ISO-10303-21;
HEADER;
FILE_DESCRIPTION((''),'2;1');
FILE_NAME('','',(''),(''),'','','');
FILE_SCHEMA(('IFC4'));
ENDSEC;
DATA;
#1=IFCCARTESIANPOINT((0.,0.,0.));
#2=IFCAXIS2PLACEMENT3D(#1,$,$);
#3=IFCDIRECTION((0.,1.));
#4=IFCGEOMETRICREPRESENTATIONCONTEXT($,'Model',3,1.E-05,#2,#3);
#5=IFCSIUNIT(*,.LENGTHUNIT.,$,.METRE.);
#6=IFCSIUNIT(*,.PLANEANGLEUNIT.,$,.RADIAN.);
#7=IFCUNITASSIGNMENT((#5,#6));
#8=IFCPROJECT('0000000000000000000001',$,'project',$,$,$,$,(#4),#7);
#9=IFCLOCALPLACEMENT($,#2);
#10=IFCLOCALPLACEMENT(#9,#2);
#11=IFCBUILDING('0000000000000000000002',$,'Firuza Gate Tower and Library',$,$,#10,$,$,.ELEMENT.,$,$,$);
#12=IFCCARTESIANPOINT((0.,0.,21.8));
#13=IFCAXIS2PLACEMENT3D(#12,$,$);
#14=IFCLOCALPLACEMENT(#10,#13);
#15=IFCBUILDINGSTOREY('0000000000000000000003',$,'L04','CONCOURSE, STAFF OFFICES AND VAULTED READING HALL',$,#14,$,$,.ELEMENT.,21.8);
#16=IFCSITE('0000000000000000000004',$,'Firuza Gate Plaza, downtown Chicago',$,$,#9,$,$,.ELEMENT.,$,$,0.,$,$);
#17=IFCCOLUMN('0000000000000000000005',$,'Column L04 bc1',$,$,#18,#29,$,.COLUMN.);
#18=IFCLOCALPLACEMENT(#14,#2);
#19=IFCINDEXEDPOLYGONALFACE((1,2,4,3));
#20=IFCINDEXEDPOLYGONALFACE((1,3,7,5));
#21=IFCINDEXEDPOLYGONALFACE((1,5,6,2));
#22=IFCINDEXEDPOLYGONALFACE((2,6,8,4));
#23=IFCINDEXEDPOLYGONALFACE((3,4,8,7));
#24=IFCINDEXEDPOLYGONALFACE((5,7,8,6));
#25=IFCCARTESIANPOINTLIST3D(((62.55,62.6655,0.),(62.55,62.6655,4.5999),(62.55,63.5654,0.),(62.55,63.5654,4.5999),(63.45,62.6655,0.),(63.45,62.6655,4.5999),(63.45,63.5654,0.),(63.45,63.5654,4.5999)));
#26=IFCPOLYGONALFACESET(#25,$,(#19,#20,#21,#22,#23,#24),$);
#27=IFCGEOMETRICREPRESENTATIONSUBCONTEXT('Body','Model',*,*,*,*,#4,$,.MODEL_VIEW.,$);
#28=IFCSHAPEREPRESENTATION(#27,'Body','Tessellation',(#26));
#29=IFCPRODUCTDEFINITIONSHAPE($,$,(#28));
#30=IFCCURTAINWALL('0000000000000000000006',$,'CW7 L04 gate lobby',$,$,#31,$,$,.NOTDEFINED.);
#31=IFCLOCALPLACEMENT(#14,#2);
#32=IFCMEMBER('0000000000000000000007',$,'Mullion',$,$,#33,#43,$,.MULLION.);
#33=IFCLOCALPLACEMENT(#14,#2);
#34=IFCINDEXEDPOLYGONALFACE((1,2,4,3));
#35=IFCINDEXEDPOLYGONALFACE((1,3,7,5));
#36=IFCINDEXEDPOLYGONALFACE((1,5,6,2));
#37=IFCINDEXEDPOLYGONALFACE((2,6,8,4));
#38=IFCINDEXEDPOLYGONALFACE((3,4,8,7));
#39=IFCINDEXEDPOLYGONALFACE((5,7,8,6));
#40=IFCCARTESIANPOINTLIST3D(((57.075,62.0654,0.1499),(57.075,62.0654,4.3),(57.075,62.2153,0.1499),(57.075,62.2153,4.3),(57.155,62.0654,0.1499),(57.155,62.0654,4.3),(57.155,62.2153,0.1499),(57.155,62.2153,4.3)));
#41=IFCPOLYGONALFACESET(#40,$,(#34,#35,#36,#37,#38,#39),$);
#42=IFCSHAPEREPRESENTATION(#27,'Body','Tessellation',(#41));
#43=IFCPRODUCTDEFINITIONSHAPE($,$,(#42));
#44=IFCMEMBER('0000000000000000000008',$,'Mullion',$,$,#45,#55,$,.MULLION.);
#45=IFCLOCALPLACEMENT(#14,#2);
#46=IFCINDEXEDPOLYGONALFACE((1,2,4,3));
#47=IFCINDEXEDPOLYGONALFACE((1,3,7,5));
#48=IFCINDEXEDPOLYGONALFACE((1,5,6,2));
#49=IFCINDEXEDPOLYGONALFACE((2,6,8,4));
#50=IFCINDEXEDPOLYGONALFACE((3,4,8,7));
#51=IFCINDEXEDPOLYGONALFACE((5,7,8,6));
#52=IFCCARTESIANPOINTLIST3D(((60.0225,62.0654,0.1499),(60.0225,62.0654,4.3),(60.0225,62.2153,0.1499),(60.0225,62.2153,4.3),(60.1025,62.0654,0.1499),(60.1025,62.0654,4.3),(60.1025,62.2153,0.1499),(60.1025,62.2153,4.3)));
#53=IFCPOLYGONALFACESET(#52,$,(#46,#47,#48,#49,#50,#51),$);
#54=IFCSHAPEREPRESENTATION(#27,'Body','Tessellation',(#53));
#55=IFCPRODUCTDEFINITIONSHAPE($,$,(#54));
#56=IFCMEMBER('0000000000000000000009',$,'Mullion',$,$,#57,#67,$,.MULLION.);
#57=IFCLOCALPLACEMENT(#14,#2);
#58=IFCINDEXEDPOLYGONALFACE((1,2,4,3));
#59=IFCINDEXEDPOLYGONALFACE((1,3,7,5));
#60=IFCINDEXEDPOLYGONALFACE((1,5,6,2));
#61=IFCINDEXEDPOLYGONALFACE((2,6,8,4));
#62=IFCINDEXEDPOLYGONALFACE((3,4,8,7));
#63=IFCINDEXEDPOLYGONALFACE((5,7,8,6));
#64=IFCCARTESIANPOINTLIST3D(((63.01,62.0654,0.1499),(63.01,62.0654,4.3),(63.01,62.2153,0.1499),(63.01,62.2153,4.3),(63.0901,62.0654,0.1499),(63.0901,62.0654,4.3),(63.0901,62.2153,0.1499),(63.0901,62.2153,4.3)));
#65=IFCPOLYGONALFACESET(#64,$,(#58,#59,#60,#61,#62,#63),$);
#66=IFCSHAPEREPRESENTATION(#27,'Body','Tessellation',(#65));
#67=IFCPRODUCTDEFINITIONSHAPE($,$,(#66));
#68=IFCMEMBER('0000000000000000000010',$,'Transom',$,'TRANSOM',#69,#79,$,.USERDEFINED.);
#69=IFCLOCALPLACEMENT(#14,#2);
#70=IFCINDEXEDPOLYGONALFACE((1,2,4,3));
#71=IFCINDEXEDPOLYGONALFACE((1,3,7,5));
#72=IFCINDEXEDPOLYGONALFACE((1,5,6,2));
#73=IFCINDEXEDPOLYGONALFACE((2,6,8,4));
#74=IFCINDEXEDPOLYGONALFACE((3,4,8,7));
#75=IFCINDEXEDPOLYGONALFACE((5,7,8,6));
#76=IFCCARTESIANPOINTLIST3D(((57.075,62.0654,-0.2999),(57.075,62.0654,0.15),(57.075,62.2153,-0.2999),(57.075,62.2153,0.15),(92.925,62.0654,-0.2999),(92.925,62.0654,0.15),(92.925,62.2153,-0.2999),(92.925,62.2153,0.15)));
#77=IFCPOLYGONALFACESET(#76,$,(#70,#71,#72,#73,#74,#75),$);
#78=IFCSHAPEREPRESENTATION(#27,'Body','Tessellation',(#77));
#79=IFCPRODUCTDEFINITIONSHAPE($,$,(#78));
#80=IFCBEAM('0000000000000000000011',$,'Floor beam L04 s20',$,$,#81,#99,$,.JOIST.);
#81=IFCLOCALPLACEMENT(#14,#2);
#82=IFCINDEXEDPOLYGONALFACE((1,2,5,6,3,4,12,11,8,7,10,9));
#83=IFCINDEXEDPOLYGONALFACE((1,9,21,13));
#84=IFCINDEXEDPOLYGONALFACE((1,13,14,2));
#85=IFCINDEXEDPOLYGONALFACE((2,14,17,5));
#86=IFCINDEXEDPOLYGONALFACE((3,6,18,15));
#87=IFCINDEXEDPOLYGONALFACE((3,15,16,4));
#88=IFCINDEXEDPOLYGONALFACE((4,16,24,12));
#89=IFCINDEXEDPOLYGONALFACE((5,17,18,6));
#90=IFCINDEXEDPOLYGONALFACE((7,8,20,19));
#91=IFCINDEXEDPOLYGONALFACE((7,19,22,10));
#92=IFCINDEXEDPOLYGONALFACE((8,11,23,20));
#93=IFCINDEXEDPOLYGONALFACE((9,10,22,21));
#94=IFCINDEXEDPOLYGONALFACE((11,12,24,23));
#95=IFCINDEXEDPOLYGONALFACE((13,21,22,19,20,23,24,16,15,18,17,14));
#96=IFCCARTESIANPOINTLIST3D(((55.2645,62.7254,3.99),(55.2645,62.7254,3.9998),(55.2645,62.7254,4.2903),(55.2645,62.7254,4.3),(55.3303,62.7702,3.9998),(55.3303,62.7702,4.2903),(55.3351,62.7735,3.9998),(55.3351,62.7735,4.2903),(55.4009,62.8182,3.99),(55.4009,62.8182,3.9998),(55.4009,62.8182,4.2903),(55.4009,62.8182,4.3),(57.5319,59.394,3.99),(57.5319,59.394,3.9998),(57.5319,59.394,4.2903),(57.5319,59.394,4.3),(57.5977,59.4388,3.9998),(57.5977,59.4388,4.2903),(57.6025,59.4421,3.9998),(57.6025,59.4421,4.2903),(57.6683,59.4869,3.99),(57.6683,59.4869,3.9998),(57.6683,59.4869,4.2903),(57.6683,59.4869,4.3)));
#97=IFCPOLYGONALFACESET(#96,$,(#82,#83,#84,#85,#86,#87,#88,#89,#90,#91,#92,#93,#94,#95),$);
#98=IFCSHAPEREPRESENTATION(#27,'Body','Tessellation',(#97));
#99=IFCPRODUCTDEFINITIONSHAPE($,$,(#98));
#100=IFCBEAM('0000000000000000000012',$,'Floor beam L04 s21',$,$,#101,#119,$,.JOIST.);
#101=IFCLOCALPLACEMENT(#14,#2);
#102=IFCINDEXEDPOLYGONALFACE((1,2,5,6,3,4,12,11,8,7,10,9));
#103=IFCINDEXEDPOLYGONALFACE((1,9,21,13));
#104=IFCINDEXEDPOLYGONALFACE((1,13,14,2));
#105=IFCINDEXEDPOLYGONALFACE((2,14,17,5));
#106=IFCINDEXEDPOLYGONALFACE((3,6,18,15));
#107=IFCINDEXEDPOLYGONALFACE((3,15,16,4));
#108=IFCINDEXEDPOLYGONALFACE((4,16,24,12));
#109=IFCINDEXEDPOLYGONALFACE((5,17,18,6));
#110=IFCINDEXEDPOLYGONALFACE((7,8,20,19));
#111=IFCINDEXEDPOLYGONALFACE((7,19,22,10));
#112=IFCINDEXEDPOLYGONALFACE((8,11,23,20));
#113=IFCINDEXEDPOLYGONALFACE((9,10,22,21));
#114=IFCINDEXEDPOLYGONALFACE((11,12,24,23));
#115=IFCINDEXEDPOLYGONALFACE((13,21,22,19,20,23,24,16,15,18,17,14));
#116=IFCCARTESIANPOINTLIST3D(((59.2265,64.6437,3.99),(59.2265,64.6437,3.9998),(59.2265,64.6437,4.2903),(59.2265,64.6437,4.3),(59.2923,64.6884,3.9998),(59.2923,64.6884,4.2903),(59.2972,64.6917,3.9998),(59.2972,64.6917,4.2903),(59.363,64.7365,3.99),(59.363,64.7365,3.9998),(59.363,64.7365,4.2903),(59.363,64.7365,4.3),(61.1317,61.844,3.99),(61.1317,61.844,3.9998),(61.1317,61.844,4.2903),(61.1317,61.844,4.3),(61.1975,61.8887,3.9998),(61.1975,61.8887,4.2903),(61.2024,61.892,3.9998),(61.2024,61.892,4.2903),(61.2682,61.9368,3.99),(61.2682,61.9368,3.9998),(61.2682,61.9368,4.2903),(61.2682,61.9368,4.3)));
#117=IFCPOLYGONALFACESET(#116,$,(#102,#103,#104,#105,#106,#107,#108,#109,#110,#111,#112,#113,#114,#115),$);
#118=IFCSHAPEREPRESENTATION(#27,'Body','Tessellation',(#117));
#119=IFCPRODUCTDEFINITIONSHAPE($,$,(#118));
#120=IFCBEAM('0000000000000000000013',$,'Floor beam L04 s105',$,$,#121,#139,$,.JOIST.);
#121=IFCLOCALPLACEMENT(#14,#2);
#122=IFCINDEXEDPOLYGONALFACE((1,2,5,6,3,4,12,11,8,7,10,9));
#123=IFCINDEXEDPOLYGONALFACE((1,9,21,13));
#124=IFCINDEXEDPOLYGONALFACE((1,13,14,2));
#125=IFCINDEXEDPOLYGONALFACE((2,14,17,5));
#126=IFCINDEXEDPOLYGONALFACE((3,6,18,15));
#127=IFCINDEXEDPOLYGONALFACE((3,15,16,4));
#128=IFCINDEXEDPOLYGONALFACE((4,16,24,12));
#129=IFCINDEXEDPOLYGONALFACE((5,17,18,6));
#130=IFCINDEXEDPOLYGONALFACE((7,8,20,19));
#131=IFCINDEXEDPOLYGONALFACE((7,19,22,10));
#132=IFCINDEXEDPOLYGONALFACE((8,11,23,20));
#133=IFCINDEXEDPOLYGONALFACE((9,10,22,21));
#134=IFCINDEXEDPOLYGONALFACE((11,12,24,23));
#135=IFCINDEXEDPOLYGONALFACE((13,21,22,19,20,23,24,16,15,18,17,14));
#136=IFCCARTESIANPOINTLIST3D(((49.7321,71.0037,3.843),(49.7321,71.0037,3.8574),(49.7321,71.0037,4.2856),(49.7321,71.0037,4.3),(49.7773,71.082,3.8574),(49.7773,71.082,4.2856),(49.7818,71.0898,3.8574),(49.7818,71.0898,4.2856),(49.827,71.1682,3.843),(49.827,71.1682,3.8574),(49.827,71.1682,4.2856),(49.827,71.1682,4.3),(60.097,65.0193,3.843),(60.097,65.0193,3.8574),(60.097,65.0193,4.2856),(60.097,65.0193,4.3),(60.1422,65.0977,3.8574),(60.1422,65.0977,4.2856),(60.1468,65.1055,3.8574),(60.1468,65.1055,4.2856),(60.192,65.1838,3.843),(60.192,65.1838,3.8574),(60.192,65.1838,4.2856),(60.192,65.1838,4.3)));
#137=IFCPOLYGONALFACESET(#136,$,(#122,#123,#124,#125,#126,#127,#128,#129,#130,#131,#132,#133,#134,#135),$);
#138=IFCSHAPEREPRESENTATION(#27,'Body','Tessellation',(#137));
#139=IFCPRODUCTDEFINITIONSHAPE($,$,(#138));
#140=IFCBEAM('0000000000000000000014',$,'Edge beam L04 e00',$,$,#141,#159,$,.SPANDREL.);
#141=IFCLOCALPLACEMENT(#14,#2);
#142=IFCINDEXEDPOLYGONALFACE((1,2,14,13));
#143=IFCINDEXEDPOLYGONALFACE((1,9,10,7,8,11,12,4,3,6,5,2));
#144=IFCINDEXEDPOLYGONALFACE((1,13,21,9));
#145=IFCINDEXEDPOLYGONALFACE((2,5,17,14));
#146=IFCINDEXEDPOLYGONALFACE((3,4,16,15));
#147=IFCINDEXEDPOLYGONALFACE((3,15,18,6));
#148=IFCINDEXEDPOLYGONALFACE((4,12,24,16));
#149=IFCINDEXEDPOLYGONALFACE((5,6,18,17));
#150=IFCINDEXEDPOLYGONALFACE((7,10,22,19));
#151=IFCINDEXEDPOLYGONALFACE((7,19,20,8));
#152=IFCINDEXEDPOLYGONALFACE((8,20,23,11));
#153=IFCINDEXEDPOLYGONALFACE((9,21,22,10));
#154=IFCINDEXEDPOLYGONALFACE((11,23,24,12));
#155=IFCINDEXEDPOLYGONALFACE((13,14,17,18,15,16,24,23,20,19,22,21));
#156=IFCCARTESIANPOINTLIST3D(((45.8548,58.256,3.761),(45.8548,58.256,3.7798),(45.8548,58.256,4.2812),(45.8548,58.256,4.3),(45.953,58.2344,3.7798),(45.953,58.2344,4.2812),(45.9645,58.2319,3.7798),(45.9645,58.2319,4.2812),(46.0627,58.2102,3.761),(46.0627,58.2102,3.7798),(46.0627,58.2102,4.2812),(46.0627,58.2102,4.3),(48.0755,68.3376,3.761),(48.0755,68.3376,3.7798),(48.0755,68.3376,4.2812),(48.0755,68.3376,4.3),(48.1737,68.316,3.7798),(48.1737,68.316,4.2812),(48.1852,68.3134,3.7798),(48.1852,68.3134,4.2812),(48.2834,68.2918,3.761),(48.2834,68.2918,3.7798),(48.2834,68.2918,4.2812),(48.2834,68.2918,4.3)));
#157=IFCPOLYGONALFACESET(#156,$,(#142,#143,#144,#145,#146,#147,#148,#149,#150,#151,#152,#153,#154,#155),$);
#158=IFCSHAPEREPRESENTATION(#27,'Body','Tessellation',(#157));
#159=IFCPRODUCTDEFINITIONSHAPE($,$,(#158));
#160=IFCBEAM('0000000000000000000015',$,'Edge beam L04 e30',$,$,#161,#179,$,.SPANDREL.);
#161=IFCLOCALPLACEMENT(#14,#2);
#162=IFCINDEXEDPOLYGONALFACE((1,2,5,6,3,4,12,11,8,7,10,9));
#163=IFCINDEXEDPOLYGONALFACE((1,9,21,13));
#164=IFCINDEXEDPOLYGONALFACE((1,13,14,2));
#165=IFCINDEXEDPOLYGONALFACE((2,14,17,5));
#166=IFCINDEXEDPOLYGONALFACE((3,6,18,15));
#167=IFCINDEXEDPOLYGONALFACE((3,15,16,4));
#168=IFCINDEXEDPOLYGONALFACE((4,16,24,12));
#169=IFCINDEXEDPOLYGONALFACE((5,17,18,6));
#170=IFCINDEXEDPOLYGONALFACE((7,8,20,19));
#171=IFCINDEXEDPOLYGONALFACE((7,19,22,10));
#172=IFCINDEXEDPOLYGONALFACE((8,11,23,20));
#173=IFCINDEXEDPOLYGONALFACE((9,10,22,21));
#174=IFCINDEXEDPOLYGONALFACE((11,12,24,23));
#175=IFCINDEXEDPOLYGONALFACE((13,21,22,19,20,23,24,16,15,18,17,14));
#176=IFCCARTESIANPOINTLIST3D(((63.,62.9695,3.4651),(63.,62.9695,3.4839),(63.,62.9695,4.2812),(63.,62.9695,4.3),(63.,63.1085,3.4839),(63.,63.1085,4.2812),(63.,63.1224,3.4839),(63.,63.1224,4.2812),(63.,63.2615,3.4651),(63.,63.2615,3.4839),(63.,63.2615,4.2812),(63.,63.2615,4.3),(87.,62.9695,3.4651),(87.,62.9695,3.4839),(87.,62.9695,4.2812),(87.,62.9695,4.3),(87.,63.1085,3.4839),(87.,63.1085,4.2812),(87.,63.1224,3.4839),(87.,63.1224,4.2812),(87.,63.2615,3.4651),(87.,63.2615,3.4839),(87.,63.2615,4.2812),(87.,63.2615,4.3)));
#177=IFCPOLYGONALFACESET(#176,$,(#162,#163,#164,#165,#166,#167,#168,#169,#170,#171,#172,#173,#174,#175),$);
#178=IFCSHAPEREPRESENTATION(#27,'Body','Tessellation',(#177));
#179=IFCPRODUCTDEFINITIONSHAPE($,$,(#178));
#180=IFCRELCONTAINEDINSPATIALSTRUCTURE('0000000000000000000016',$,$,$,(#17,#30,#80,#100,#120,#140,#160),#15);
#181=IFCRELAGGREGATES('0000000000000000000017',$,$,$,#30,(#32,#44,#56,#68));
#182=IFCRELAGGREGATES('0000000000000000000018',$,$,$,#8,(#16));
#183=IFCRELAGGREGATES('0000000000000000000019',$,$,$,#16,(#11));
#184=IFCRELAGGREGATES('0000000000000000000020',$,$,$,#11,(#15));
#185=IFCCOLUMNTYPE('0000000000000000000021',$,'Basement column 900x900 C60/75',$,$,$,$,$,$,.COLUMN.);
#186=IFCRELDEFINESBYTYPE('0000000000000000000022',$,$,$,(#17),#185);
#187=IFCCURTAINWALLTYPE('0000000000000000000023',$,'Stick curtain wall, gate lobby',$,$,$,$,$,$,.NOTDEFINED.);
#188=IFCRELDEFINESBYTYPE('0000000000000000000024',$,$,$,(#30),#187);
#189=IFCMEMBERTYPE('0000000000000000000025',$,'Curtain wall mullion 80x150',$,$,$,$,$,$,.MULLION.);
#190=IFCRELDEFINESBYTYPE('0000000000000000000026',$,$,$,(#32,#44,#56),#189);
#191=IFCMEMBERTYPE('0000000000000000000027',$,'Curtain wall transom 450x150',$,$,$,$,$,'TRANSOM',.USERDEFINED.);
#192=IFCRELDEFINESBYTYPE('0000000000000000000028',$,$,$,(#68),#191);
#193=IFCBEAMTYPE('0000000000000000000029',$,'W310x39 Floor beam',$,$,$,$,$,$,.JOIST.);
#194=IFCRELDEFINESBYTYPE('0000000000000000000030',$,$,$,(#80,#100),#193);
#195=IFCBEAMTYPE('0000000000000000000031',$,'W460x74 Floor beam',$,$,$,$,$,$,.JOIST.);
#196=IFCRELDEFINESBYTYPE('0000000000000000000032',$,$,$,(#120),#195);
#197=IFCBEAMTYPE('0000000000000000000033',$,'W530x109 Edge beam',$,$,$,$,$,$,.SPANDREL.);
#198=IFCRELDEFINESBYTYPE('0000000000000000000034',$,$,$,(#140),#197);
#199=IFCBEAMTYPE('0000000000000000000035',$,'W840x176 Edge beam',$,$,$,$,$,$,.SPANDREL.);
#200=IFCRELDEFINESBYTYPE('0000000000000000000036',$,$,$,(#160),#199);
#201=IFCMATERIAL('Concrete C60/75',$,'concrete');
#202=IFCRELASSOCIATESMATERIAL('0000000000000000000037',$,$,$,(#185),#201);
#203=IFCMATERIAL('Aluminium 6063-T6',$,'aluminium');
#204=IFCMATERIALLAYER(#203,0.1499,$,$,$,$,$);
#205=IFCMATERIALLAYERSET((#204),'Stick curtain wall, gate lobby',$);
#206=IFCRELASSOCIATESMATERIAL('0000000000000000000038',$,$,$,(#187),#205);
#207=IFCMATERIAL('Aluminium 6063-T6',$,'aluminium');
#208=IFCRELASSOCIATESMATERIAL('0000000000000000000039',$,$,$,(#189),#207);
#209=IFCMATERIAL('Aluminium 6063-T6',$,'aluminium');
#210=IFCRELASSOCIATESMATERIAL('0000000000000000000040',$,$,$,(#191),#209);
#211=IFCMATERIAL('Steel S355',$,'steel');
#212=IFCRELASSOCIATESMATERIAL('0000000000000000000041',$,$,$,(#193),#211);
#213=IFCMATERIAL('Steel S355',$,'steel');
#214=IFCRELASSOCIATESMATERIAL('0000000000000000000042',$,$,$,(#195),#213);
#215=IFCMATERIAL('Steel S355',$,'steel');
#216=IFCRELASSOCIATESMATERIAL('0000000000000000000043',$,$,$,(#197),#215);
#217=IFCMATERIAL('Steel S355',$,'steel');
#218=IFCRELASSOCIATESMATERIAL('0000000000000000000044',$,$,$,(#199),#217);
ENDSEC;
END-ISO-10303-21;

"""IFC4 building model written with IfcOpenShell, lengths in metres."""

from ifc_helpers import new_model, si_unit, direction, frame, origin, origin_2d, place, context, subcontext, project, spatial, rectangle, i_section, extrude, material, layer, layer_set, material_profile, profile_set, type_object, element, aggregate, save


model = new_model("IFC4")

# Units and contexts
model_context = context("Model", 3, precision=1e-05, world=origin(), true_north=direction((0.0, 1.0)))
body_context = subcontext(model_context, "Body", "Model", "MODEL_VIEW")
ifc_project = project(units=[si_unit("LENGTHUNIT", "METRE"), si_unit("PLANEANGLEUNIT", "RADIAN")], contexts=[model_context])

# Site, building, storey
site_placement = place(None, origin())
site = spatial("IfcSite", under=ifc_project, at=site_placement, Name="Firuza Gate Plaza, downtown Chicago", CompositionType="ELEMENT", RefElevation=0.0)
building_placement = place(site_placement, origin())
building = spatial("IfcBuilding", under=site, at=building_placement, Name="Firuza Gate Tower and Library", CompositionType="ELEMENT")
storey_placement = place(building_placement, frame((0.0, 0.0, 21.8)))
storey = spatial("IfcBuildingStorey", under=building, at=storey_placement, Name="L04", Description="CONCOURSE, STAFF OFFICES AND VAULTED READING HALL", CompositionType="ELEMENT", Elevation=21.8)

# Column
ifc_material_1 = material(Name="Concrete C60/75", Category="concrete")
ifc_material_profile_1 = material_profile(ifc_material_1, rectangle(XDim=0.8999, YDim=0.8999, at=origin_2d()))
ifc_profile_set_1 = profile_set([ifc_material_profile_1], Name="Concrete C60/75")
column_type = type_object("IfcColumnType", Name="Basement column 900x900 C60/75", PredefinedType="COLUMN", material=ifc_profile_set_1)
column_placement = place(storey_placement, frame((63.0, 63.1155, 0.0), z_axis=(0.0, 0.0, 1.0), x_axis=(1.0, 0.0, 0.0)))
element("IfcColumn", 1, at=column_placement, inside=storey, type_object=column_type, Name="Column L04 bc1", PredefinedType="COLUMN", context=body_context, shape_type="SweptSolid", body=[
    extrude(rectangle(XDim=0.8999, YDim=0.8999, at=origin_2d()), origin(), (0.0, 0.0, 1.0), 4.5999),
])

# Curtain wall, members
ifc_material_2 = material(Name="Aluminium 6063-T6", Category="aluminium")
ifc_layer_1 = layer(ifc_material_2, 0.1499)
ifc_layer_set_1 = layer_set([ifc_layer_1], Name="Stick curtain wall, gate lobby")
curtain_wall_type = type_object("IfcCurtainWallType", Name="Stick curtain wall, gate lobby", PredefinedType="NOTDEFINED", material=ifc_layer_set_1)
curtain_wall_placement = place(storey_placement, origin())
curtain_wall = element("IfcCurtainWall", 2, at=curtain_wall_placement, inside=storey, type_object=curtain_wall_type, Name="CW7 L04 gate lobby", PredefinedType="NOTDEFINED")
ifc_material_3 = material(Name="Aluminium 6063-T6", Category="aluminium")
ifc_material_profile_2 = material_profile(ifc_material_3, rectangle(XDim=0.1499, YDim=0.0801, at=origin_2d()))
ifc_profile_set_2 = profile_set([ifc_material_profile_2], Name="Aluminium 6063-T6")
member_type_1 = type_object("IfcMemberType", Name="Curtain wall mullion 80x150", PredefinedType="MULLION", material=ifc_profile_set_2)
member_1_placement = place(storey_placement, frame((57.115, 62.1404, 0.1499), z_axis=(0.0, 0.0, 1.0), x_axis=(0.0, 1.0, 0.0)))
member_1 = element("IfcMember", 3, at=member_1_placement, type_object=member_type_1, Name="Mullion", PredefinedType="MULLION", context=body_context, shape_type="SweptSolid", body=[
    extrude(rectangle(XDim=0.1499, YDim=0.0801, at=origin_2d()), origin(), (0.0, 0.0, 1.0), 4.1501),
])
member_2_placement = place(storey_placement, frame((60.0625, 62.1404, 0.1499), z_axis=(0.0, 0.0, 1.0), x_axis=(0.0, 1.0, 0.0)))
member_2 = element("IfcMember", 4, at=member_2_placement, type_object=member_type_1, Name="Mullion", PredefinedType="MULLION", context=body_context, shape_type="SweptSolid", body=[
    extrude(rectangle(XDim=0.1499, YDim=0.0801, at=origin_2d()), origin(), (0.0, 0.0, 1.0), 4.1501),
])
member_3_placement = place(storey_placement, frame((63.05, 62.1404, 0.1499), z_axis=(0.0, 0.0, 1.0), x_axis=(0.0, 1.0, 0.0)))
member_3 = element("IfcMember", 5, at=member_3_placement, type_object=member_type_1, Name="Mullion", PredefinedType="MULLION", context=body_context, shape_type="SweptSolid", body=[
    extrude(rectangle(XDim=0.1499, YDim=0.0801, at=origin_2d()), origin(), (0.0, 0.0, 1.0), 4.1501),
])
ifc_material_4 = material(Name="Aluminium 6063-T6", Category="aluminium")
ifc_material_profile_3 = material_profile(ifc_material_4, rectangle(XDim=0.1499, YDim=0.45, at=origin_2d()))
ifc_profile_set_3 = profile_set([ifc_material_profile_3], Name="Aluminium 6063-T6")
member_type_2 = type_object("IfcMemberType", Name="Curtain wall transom 450x150", ElementType="TRANSOM", PredefinedType="USERDEFINED", material=ifc_profile_set_3)
member_4_placement = place(storey_placement, frame((57.075, 62.1404, -0.075), z_axis=(1.0, 0.0, 0.0), x_axis=(0.0, 1.0, 0.0)))
member_4 = element("IfcMember", 6, at=member_4_placement, type_object=member_type_2, Name="Transom", ObjectType="TRANSOM", PredefinedType="USERDEFINED", context=body_context, shape_type="SweptSolid", body=[
    extrude(rectangle(XDim=0.1499, YDim=0.45, at=origin_2d()), origin(), (0.0, 0.0, 1.0), 35.8501),
])

# Beams
ifc_material_5 = material(Name="Steel S355", Category="steel")
ifc_material_profile_4 = material_profile(ifc_material_5, i_section(OverallWidth=0.165, OverallDepth=0.3101, WebThickness=0.0059, FlangeThickness=0.0098, at=origin_2d()))
ifc_profile_set_4 = profile_set([ifc_material_profile_4], Name="Steel S355")
beam_type_1 = type_object("IfcBeamType", Name="W310x39 Floor beam", PredefinedType="JOIST", material=ifc_profile_set_4)
beam_1_placement = place(storey_placement, frame((57.6001, 59.4404, 4.145), z_axis=(-0.562658, 0.82669, 0.0), x_axis=(-0.82669, -0.562658, 0.0)))
element("IfcBeam", 7, at=beam_1_placement, inside=storey, type_object=beam_type_1, Name="Floor beam L04 s20", PredefinedType="JOIST", context=body_context, shape_type="SweptSolid", body=[
    extrude(i_section(OverallWidth=0.165, OverallDepth=0.3101, WebThickness=0.0059, FlangeThickness=0.0098, at=origin_2d()), origin(), (0.0, 0.0, 1.0), 4.0298),
])
beam_2_placement = place(storey_placement, frame((61.2, 61.8904, 4.145), z_axis=(-0.562594, 0.826733, 0.0), x_axis=(-0.826733, -0.562594, 0.0)))
element("IfcBeam", 8, at=beam_2_placement, inside=storey, type_object=beam_type_1, Name="Floor beam L04 s21", PredefinedType="JOIST", context=body_context, shape_type="SweptSolid", body=[
    extrude(i_section(OverallWidth=0.165, OverallDepth=0.3101, WebThickness=0.0059, FlangeThickness=0.0098, at=origin_2d()), origin(), (0.0, 0.0, 1.0), 3.3865),
])
ifc_material_6 = material(Name="Steel S355", Category="steel")
ifc_material_profile_5 = material_profile(ifc_material_6, i_section(OverallWidth=0.1899, OverallDepth=0.457, WebThickness=0.009, FlangeThickness=0.0144, at=origin_2d()))
ifc_profile_set_5 = profile_set([ifc_material_profile_5], Name="Steel S355")
beam_type_2 = type_object("IfcBeamType", Name="W460x74 Floor beam", PredefinedType="JOIST", material=ifc_profile_set_5)
beam_3_placement = place(storey_placement, frame((49.7795, 71.0859, 4.0715), z_axis=(0.86602, -0.500009, 0.0), x_axis=(0.500009, 0.86602, 0.0)))
element("IfcBeam", 9, at=beam_3_placement, inside=storey, type_object=beam_type_2, Name="Floor beam L04 s105", PredefinedType="JOIST", context=body_context, shape_type="SweptSolid", body=[
    extrude(i_section(OverallWidth=0.1899, OverallDepth=0.457, WebThickness=0.009, FlangeThickness=0.0144, at=origin_2d()), origin(), (0.0, 0.0, 1.0), 11.9685),
])
ifc_material_7 = material(Name="Steel S355", Category="steel")
ifc_material_profile_6 = material_profile(ifc_material_7, i_section(OverallWidth=0.2129, OverallDepth=0.5391, WebThickness=0.0117, FlangeThickness=0.0188, at=origin_2d()))
ifc_profile_set_6 = profile_set([ifc_material_profile_6], Name="Steel S355")
beam_type_3 = type_object("IfcBeamType", Name="W530x109 Edge beam", PredefinedType="SPANDREL", material=ifc_profile_set_6)
beam_4_placement = place(storey_placement, frame((48.1794, 68.3147, 4.0305), z_axis=(-0.215117, -0.976588, 0.0), x_axis=(0.976588, -0.215117, 0.0)))
element("IfcBeam", 10, at=beam_4_placement, inside=storey, type_object=beam_type_3, Name="Edge beam L04 e00", PredefinedType="SPANDREL", context=body_context, shape_type="SweptSolid", body=[
    extrude(i_section(OverallWidth=0.2129, OverallDepth=0.5391, WebThickness=0.0117, FlangeThickness=0.0188, at=origin_2d()), origin(), (0.0, 0.0, 1.0), 10.3232),
])
ifc_material_8 = material(Name="Steel S355", Category="steel")
ifc_material_profile_7 = material_profile(ifc_material_8, i_section(OverallWidth=0.292, OverallDepth=0.835, WebThickness=0.0139, FlangeThickness=0.0188, at=origin_2d()))
ifc_profile_set_7 = profile_set([ifc_material_profile_7], Name="Steel S355")
beam_type_4 = type_object("IfcBeamType", Name="W840x176 Edge beam", PredefinedType="SPANDREL", material=ifc_profile_set_7)
beam_5_placement = place(storey_placement, frame((63.0, 63.1155, 3.8826), z_axis=(1.0, 0.0, 0.0), x_axis=(0.0, 1.0, 0.0)))
element("IfcBeam", 11, at=beam_5_placement, inside=storey, type_object=beam_type_4, Name="Edge beam L04 e30", PredefinedType="SPANDREL", context=body_context, shape_type="SweptSolid", body=[
    extrude(i_section(OverallWidth=0.292, OverallDepth=0.835, WebThickness=0.0139, FlangeThickness=0.0188, at=origin_2d()), origin(), (0.0, 0.0, 1.0), 24.0),
])

aggregate(curtain_wall, [member_1, member_2, member_3, member_4])

save(model, "model.ifc")
